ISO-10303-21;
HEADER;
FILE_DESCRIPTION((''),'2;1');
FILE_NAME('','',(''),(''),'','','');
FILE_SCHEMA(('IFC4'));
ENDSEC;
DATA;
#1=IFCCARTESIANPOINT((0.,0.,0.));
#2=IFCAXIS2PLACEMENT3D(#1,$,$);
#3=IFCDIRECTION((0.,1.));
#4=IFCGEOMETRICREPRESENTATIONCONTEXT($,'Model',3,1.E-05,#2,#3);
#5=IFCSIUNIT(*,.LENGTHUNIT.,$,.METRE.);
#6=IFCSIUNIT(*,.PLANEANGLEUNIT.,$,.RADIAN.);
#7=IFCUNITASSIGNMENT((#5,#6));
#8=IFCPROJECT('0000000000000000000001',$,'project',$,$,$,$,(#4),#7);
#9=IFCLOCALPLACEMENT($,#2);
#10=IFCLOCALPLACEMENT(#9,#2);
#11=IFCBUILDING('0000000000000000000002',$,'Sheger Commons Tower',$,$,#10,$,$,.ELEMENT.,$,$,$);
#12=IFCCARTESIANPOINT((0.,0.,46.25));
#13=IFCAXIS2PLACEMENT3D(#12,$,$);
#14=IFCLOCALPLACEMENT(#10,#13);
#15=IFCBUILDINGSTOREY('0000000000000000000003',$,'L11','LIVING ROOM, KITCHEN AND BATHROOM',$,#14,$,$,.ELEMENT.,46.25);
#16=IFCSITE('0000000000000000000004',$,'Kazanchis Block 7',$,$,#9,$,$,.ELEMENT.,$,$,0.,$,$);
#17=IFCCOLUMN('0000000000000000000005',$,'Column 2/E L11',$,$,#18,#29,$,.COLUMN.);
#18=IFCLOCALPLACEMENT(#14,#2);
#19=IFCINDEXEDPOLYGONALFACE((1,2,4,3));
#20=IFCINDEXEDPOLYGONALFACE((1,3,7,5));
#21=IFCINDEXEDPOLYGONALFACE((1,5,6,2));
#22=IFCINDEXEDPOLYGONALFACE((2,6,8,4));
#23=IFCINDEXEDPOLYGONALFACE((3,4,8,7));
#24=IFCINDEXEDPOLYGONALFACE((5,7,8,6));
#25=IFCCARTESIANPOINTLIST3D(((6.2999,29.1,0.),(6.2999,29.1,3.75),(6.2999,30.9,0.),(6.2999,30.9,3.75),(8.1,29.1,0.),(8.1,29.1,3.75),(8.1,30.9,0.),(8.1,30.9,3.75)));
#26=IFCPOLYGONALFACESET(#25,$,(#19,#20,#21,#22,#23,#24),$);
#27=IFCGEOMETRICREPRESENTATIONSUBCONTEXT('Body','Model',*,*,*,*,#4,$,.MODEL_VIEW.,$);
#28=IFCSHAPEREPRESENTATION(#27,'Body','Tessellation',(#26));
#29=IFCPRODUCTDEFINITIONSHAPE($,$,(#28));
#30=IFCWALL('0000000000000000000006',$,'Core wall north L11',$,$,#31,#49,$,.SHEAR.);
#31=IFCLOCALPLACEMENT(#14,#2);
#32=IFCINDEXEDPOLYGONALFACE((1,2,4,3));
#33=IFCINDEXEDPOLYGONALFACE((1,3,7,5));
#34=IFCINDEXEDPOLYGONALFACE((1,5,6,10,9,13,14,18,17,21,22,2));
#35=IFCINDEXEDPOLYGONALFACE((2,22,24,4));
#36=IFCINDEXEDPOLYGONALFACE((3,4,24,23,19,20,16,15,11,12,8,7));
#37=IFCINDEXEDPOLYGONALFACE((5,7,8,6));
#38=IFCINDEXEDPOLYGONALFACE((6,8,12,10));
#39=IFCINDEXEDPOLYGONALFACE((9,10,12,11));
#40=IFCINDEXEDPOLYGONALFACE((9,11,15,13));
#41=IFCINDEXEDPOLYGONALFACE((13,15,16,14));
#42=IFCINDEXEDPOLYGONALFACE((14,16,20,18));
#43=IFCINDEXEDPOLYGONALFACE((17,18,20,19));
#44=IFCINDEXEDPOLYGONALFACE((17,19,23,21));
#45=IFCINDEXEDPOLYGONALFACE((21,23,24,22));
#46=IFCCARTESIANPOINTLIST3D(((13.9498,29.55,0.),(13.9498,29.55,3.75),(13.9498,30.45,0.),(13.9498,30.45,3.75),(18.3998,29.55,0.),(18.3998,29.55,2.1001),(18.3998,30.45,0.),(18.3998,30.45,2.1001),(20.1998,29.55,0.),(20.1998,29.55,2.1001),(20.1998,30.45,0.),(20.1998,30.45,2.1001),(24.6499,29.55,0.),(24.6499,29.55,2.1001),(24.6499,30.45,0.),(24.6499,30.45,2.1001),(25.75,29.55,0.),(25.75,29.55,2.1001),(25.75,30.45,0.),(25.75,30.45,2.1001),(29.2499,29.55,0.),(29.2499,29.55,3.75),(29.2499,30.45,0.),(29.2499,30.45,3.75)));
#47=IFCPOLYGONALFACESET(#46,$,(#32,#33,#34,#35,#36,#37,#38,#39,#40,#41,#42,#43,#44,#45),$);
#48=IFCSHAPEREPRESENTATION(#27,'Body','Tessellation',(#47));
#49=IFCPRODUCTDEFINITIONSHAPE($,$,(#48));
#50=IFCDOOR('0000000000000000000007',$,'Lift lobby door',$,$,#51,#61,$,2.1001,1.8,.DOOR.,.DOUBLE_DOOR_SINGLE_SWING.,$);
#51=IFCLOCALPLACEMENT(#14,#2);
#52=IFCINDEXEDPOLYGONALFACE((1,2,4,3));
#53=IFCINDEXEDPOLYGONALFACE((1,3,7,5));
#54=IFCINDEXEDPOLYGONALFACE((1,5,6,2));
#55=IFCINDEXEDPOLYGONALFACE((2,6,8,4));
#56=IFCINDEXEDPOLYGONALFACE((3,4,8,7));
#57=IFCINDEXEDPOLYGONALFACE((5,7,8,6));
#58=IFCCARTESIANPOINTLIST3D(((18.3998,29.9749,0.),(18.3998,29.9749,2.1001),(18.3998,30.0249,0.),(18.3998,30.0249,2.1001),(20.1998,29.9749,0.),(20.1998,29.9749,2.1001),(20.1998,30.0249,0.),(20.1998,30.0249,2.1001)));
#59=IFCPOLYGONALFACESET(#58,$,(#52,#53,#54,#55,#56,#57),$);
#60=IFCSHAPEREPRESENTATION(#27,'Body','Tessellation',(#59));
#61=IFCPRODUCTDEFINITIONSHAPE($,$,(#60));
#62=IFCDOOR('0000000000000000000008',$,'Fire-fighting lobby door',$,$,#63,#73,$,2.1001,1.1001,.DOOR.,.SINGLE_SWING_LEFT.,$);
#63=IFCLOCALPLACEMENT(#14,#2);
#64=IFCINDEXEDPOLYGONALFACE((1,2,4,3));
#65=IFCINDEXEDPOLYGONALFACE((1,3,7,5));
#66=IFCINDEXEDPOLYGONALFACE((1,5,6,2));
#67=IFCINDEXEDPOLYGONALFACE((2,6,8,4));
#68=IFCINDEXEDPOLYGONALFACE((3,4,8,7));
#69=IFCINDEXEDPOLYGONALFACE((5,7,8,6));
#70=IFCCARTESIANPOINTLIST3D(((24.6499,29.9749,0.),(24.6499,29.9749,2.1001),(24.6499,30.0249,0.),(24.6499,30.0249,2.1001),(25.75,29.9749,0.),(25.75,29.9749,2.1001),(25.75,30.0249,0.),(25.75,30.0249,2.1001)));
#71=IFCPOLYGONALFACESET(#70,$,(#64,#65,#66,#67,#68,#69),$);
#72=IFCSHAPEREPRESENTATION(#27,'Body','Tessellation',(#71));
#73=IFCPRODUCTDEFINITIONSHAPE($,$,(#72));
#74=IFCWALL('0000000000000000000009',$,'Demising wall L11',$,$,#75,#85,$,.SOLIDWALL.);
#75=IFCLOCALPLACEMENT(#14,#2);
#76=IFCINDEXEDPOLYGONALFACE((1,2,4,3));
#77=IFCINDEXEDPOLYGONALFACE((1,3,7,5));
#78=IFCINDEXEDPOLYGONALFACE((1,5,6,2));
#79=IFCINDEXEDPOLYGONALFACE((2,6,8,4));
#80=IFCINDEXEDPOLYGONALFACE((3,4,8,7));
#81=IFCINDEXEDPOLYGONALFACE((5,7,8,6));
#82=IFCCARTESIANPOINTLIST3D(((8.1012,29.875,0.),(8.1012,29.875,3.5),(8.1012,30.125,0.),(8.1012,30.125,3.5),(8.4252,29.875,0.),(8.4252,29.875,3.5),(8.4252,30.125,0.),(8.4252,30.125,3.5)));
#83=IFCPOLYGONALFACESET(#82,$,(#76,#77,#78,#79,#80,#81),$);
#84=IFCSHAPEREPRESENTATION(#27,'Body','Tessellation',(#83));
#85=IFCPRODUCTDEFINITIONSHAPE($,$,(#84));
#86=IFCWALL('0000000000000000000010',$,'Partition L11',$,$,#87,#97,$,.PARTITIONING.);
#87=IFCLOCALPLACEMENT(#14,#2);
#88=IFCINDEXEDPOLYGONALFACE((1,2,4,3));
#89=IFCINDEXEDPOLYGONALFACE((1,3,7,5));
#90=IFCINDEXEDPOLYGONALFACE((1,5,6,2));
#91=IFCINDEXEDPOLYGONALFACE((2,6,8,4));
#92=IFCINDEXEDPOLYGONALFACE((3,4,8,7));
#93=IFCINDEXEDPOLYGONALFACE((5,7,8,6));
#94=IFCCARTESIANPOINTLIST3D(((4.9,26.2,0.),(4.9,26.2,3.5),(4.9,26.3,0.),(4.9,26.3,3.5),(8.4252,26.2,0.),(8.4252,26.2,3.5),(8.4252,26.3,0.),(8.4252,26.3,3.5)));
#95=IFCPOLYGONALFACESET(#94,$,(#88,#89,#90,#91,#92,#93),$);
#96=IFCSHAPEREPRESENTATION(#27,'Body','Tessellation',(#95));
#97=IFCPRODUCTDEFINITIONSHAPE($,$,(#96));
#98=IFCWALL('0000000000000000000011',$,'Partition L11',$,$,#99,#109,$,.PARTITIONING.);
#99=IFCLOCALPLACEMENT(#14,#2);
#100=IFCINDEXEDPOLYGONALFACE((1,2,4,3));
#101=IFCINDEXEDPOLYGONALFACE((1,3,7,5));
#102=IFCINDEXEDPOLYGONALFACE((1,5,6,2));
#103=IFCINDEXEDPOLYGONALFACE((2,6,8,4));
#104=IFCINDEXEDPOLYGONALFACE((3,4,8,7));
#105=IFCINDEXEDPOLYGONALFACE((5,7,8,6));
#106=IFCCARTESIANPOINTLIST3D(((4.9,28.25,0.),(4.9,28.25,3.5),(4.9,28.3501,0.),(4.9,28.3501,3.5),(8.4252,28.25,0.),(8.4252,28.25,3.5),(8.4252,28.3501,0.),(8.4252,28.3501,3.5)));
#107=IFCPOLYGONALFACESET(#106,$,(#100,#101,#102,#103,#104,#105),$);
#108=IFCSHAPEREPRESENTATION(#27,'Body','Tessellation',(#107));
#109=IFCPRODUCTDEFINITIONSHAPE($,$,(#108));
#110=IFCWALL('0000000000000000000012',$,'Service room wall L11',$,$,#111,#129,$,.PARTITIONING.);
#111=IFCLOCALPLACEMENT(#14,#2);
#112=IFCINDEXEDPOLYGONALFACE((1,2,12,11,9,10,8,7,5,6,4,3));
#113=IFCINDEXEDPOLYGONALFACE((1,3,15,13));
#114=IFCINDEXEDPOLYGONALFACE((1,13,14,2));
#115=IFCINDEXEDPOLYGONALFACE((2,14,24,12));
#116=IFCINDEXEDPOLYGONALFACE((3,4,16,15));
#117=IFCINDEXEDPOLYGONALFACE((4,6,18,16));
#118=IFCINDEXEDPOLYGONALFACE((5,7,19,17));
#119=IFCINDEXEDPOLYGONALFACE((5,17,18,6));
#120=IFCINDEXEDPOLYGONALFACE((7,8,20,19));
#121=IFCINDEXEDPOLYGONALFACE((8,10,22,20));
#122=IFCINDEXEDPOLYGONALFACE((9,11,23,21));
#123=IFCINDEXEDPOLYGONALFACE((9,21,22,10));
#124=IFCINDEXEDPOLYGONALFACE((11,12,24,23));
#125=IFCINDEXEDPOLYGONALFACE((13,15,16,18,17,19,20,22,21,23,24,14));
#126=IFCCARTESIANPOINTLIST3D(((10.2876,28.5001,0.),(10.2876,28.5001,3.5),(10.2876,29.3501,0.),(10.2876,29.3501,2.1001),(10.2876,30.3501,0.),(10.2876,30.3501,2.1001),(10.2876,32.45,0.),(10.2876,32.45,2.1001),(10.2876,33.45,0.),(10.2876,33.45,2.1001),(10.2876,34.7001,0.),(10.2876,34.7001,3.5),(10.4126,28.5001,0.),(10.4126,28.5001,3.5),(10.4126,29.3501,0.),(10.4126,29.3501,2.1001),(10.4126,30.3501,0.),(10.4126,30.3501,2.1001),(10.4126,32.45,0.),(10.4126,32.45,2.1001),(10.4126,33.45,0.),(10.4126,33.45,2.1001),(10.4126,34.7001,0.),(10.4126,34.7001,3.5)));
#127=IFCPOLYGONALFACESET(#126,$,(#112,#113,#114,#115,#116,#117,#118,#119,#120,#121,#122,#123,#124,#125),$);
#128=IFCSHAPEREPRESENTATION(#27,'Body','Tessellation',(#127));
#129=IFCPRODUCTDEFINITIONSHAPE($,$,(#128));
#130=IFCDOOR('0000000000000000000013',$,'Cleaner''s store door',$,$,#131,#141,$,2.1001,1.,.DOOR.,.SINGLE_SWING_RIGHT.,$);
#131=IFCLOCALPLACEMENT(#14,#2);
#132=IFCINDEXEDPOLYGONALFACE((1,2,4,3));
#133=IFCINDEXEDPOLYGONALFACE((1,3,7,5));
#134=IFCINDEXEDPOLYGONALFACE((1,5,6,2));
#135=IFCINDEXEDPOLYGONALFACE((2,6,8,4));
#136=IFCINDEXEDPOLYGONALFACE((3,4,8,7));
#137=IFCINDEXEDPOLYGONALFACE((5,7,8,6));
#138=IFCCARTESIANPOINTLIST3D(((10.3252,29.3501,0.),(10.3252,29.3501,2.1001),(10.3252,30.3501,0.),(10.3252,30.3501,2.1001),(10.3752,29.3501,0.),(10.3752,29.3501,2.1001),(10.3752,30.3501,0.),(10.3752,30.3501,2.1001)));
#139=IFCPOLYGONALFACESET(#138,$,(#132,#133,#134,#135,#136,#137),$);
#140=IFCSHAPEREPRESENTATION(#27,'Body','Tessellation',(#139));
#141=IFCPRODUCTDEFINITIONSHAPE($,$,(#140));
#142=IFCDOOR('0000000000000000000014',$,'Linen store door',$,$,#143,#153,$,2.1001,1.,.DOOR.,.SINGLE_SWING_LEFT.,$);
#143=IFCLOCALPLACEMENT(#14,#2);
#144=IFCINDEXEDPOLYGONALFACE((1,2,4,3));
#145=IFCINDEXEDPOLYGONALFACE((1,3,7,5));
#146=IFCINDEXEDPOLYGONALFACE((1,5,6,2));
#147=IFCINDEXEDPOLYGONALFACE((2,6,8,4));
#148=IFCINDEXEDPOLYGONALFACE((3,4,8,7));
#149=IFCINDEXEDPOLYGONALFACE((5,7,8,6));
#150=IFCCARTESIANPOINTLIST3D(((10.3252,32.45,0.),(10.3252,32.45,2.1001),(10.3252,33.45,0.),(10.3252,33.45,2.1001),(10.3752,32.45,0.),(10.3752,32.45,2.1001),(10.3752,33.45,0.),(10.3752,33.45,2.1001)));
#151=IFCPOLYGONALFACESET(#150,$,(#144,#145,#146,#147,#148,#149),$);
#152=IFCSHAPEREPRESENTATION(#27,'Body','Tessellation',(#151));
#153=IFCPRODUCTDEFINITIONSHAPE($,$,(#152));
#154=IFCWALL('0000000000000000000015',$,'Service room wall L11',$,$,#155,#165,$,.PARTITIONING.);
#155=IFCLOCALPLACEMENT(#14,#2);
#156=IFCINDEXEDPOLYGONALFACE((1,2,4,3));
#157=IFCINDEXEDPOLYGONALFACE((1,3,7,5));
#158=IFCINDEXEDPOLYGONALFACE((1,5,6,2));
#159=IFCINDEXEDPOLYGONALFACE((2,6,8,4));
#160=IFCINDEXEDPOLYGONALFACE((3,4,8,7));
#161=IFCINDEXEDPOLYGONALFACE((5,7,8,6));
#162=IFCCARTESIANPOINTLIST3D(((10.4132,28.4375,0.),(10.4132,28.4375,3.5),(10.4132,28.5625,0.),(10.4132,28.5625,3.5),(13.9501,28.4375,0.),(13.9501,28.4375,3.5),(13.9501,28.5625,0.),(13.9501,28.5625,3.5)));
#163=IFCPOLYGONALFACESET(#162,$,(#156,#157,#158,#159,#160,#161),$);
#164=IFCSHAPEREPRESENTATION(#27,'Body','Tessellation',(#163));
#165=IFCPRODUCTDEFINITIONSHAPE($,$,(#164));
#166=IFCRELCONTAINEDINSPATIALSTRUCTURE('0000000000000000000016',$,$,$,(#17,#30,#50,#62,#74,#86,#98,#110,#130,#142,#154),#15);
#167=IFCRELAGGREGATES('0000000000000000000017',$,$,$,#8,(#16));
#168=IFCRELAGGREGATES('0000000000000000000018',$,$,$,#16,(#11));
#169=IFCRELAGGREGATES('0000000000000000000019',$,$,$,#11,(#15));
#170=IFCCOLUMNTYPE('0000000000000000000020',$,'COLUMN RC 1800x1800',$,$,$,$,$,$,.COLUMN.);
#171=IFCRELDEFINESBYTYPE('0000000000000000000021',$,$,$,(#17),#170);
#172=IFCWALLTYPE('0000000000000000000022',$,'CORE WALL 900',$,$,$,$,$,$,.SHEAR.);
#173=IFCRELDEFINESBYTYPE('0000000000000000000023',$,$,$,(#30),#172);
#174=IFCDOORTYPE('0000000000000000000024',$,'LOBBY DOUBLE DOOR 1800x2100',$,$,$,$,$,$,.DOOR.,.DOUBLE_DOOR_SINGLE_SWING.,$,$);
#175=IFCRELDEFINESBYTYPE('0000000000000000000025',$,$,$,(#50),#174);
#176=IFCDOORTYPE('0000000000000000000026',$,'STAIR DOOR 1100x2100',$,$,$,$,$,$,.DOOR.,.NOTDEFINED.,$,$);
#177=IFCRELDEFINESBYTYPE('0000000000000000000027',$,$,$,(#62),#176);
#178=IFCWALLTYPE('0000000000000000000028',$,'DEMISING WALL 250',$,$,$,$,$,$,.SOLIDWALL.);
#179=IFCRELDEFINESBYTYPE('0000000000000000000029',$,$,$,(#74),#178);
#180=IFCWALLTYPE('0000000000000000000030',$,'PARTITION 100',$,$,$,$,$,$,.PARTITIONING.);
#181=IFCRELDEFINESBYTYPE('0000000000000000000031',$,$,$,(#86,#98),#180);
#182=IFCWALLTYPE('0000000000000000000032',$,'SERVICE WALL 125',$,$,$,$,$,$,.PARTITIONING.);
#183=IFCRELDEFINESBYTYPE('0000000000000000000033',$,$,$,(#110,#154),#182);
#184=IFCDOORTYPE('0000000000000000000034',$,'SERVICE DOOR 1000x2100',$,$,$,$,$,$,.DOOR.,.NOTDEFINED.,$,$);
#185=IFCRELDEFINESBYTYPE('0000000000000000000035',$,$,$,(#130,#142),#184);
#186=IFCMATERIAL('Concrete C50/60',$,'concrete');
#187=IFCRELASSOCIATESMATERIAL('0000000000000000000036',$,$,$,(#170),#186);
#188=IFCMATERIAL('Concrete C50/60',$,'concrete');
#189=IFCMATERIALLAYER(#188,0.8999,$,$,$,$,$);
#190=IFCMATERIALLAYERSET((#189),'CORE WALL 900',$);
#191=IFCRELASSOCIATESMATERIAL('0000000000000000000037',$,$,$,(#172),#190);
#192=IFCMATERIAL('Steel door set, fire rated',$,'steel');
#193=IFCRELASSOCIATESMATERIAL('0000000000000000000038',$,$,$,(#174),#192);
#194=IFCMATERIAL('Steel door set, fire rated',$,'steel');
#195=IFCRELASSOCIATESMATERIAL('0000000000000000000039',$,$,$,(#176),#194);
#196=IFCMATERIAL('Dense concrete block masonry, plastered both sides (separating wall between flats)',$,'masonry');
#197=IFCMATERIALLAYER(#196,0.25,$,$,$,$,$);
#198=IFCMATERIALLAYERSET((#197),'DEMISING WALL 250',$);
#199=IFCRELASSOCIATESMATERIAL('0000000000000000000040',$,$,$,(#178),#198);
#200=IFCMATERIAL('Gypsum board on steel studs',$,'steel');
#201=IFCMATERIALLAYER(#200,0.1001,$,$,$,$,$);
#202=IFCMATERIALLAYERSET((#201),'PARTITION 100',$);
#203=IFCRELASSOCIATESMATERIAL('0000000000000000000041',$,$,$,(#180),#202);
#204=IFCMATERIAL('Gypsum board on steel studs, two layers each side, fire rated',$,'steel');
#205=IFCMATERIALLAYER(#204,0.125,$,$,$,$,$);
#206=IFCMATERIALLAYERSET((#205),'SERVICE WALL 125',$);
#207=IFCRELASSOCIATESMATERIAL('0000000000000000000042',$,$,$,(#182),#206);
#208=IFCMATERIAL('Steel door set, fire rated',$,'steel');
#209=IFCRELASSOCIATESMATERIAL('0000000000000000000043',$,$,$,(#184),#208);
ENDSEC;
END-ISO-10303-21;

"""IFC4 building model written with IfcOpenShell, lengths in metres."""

from ifc_helpers import new_model, si_unit, direction, frame, frame_2d, origin, origin_2d, place, context, subcontext, project, spatial, rectangle, extrude, material, layer, layer_set, material_profile, profile_set, type_object, element, fill, save


model = new_model("IFC4")

# Units and contexts
model_context = context("Model", 3, precision=1e-05, world=origin(), true_north=direction((0.0, 1.0)))
body_context = subcontext(model_context, "Body", "Model", "MODEL_VIEW")
ifc_project = project(units=[si_unit("LENGTHUNIT", "METRE"), si_unit("PLANEANGLEUNIT", "RADIAN")], contexts=[model_context])

# Site, building, storey
site_placement = place(None, origin())
site = spatial("IfcSite", under=ifc_project, at=site_placement, Name="Kazanchis Block 7", CompositionType="ELEMENT", RefElevation=0.0)
building_placement = place(site_placement, origin())
building = spatial("IfcBuilding", under=site, at=building_placement, Name="Sheger Commons Tower", CompositionType="ELEMENT")
storey_placement = place(building_placement, frame((0.0, 0.0, 46.25)))
storey = spatial("IfcBuildingStorey", under=building, at=storey_placement, Name="L11", Description="LIVING ROOM, KITCHEN AND BATHROOM", CompositionType="ELEMENT", Elevation=46.25)

# Column
ifc_material_1 = material(Name="Concrete C50/60", Category="concrete")
ifc_material_profile = material_profile(ifc_material_1, rectangle(XDim=1.8, YDim=1.8, at=origin_2d()), Name="RC 1800x1800")
ifc_profile_set = profile_set([ifc_material_profile], Name="Concrete C50/60")
column_type = type_object("IfcColumnType", Name="COLUMN RC 1800x1800", PredefinedType="COLUMN", material=ifc_profile_set)
column_placement = place(storey_placement, frame((7.2, 30.0, 0.0), z_axis=(0.0, 0.0, 1.0), x_axis=(1.0, 0.0, 0.0)))
element("IfcColumn", 1, at=column_placement, inside=storey, type_object=column_type, Name="Column 2/E L11", PredefinedType="COLUMN", context=body_context, shape_type="SweptSolid", body=[
    extrude(rectangle(XDim=1.8, YDim=1.8, at=origin_2d()), origin(), (0.0, 0.0, 1.0), 3.75),
])

# Wall, openings, doors
ifc_material_2 = material(Name="Concrete C50/60", Category="concrete")
ifc_layer_1 = layer(ifc_material_2, 0.8999)
ifc_layer_set_1 = layer_set([ifc_layer_1], Name="CORE WALL 900")
wall_type_1 = type_object("IfcWallType", Name="CORE WALL 900", PredefinedType="SHEAR", material=ifc_layer_set_1)
wall_1_placement = place(storey_placement, frame((13.95, 30.0, 0.0), z_axis=(0.0, 0.0, 1.0), x_axis=(1.0, 0.0, 0.0)))
wall_1 = element("IfcWall", 2, at=wall_1_placement, inside=storey, type_object=wall_type_1, Name="Core wall north L11", PredefinedType="SHEAR", context=body_context, shape_type="SweptSolid", body=[
    extrude(rectangle(XDim=15.3, YDim=0.8999, at=frame_2d((7.6499, 0.0))), origin(), (0.0, 0.0, 1.0), 3.75),
])
opening_1_placement = place(wall_1_placement, frame((4.45, 0.0, 0.0)))
opening_1 = element("IfcOpeningElement", 3, at=opening_1_placement, cuts=wall_1, PredefinedType="OPENING", context=body_context, shape_type="SweptSolid", body=[
    extrude(rectangle(XDim=1.8, YDim=2.1001, at=frame_2d((0.8999, 1.05))), frame((0.0, 0.46, 0.0), z_axis=(0.0, -1.0, 0.0), x_axis=(1.0, 0.0, 0.0)), (0.0, 0.0, 1.0), 0.9199),
])
opening_2_placement = place(wall_1_placement, frame((10.7, 0.0, 0.0)))
opening_2 = element("IfcOpeningElement", 4, at=opening_2_placement, cuts=wall_1, PredefinedType="OPENING", context=body_context, shape_type="SweptSolid", body=[
    extrude(rectangle(XDim=1.1001, YDim=2.1001, at=frame_2d((0.55, 1.05))), frame((0.0, 0.46, 0.0), z_axis=(0.0, -1.0, 0.0), x_axis=(1.0, 0.0, 0.0)), (0.0, 0.0, 1.0), 0.9199),
])
ifc_material_3 = material(Name="Steel door set, fire rated", Category="steel")
door_type_1 = type_object("IfcDoorType", Name="LOBBY DOUBLE DOOR 1800x2100", OperationType="DOUBLE_DOOR_SINGLE_SWING", PredefinedType="DOOR", material=ifc_material_3)
door_1_placement = place(opening_1_placement, origin())
door_1 = element("IfcDoor", 5, at=door_1_placement, inside=storey, type_object=door_type_1, Name="Lift lobby door", OperationType="DOUBLE_DOOR_SINGLE_SWING", OverallHeight=2.1001, OverallWidth=1.8, PredefinedType="DOOR", context=body_context, shape_type="SweptSolid", body=[
    extrude(rectangle(XDim=1.8, YDim=2.1001, at=frame_2d((0.8999, 1.05))), frame((0.0, 0.0249, 0.0), z_axis=(0.0, -1.0, 0.0), x_axis=(1.0, 0.0, 0.0)), (0.0, 0.0, 1.0), 0.05),
])
fill(opening_1, door_1)
ifc_material_4 = material(Name="Steel door set, fire rated", Category="steel")
door_type_2 = type_object("IfcDoorType", Name="STAIR DOOR 1100x2100", OperationType="NOTDEFINED", PredefinedType="DOOR", material=ifc_material_4)
door_2_placement = place(opening_2_placement, origin())
door_2 = element("IfcDoor", 6, at=door_2_placement, inside=storey, type_object=door_type_2, Name="Fire-fighting lobby door", OperationType="SINGLE_SWING_LEFT", OverallHeight=2.1001, OverallWidth=1.1001, PredefinedType="DOOR", context=body_context, shape_type="SweptSolid", body=[
    extrude(rectangle(XDim=1.1001, YDim=2.1001, at=frame_2d((0.55, 1.05))), frame((0.0, 0.0249, 0.0), z_axis=(0.0, -1.0, 0.0), x_axis=(1.0, 0.0, 0.0)), (0.0, 0.0, 1.0), 0.05),
])
fill(opening_2, door_2)

# Walls
ifc_material_5 = material(Name="Dense concrete block masonry, plastered both sides (separating wall between flats)", Category="masonry")
ifc_layer_2 = layer(ifc_material_5, 0.25)
ifc_layer_set_2 = layer_set([ifc_layer_2], Name="DEMISING WALL 250")
wall_type_2 = type_object("IfcWallType", Name="DEMISING WALL 250", PredefinedType="SOLIDWALL", material=ifc_layer_set_2)
wall_2_placement = place(storey_placement, frame((8.1011, 30.0, 0.0), z_axis=(0.0, 0.0, 1.0), x_axis=(1.0, 0.0, 0.0)))
element("IfcWall", 7, at=wall_2_placement, inside=storey, type_object=wall_type_2, Name="Demising wall L11", PredefinedType="SOLIDWALL", context=body_context, shape_type="SweptSolid", body=[
    extrude(rectangle(XDim=0.324, YDim=0.25, at=frame_2d((0.1621, 0.0))), origin(), (0.0, 0.0, 1.0), 3.5),
])
ifc_material_6 = material(Name="Gypsum board on steel studs", Category="steel")
ifc_layer_3 = layer(ifc_material_6, 0.1001)
ifc_layer_set_3 = layer_set([ifc_layer_3], Name="PARTITION 100")
wall_type_3 = type_object("IfcWallType", Name="PARTITION 100", PredefinedType="PARTITIONING", material=ifc_layer_set_3)
for number, where, z_axis, x_axis, name in (
    (8, (4.8999, 26.25, 0.0), (0.0, 0.0, 1.0), (1.0, 0.0, 0.0), "Partition L11"),
    (9, (4.8999, 28.3, 0.0), (0.0, 0.0, 1.0), (1.0, 0.0, 0.0), "Partition L11"),
):
    element("IfcWall", number, at=place(storey_placement, frame(where, z_axis=z_axis, x_axis=x_axis)), inside=storey, type_object=wall_type_3, Name=name, PredefinedType="PARTITIONING", context=body_context, shape_type="SweptSolid", body=[
        extrude(rectangle(XDim=3.5251, YDim=0.1001, at=frame_2d((1.7627, 0.0))), origin(), (0.0, 0.0, 1.0), 3.5),
    ])

# Wall, openings, doors
ifc_material_7 = material(Name="Gypsum board on steel studs, two layers each side, fire rated", Category="steel")
ifc_layer_4 = layer(ifc_material_7, 0.125)
ifc_layer_set_4 = layer_set([ifc_layer_4], Name="SERVICE WALL 125")
wall_type_4 = type_object("IfcWallType", Name="SERVICE WALL 125", PredefinedType="PARTITIONING", material=ifc_layer_set_4)
wall_3_placement = place(storey_placement, frame((10.3501, 28.5, 0.0), z_axis=(0.0, 0.0, 1.0), x_axis=(0.0, 1.0, 0.0)))
wall_3 = element("IfcWall", 10, at=wall_3_placement, inside=storey, type_object=wall_type_4, Name="Service room wall L11", PredefinedType="PARTITIONING", context=body_context, shape_type="SweptSolid", body=[
    extrude(rectangle(XDim=6.2, YDim=0.125, at=frame_2d((3.1001, 0.0))), origin(), (0.0, 0.0, 1.0), 3.5),
])
opening_3_placement = place(wall_3_placement, frame((0.8501, 0.0, 0.0)))
opening_3 = element("IfcOpeningElement", 11, at=opening_3_placement, cuts=wall_3, PredefinedType="OPENING", context=body_context, shape_type="SweptSolid", body=[
    extrude(rectangle(XDim=1.0, YDim=2.1001, at=frame_2d((0.5, 1.05))), frame((0.0, 0.0725, 0.0), z_axis=(0.0, -1.0, 0.0), x_axis=(1.0, 0.0, 0.0)), (0.0, 0.0, 1.0), 0.145),
])
opening_4_placement = place(wall_3_placement, frame((3.95, 0.0, 0.0)))
opening_4 = element("IfcOpeningElement", 12, at=opening_4_placement, cuts=wall_3, PredefinedType="OPENING", context=body_context, shape_type="SweptSolid", body=[
    extrude(rectangle(XDim=1.0, YDim=2.1001, at=frame_2d((0.5, 1.05))), frame((0.0, 0.0725, 0.0), z_axis=(0.0, -1.0, 0.0), x_axis=(1.0, 0.0, 0.0)), (0.0, 0.0, 1.0), 0.145),
])
ifc_material_8 = material(Name="Steel door set, fire rated", Category="steel")
door_type_3 = type_object("IfcDoorType", Name="SERVICE DOOR 1000x2100", OperationType="NOTDEFINED", PredefinedType="DOOR", material=ifc_material_8)
door_3_placement = place(opening_3_placement, origin())
door_3 = element("IfcDoor", 13, at=door_3_placement, inside=storey, type_object=door_type_3, Name="Cleaner's store door", OperationType="SINGLE_SWING_RIGHT", OverallHeight=2.1001, OverallWidth=1.0, PredefinedType="DOOR", context=body_context, shape_type="SweptSolid", body=[
    extrude(rectangle(XDim=1.0, YDim=2.1001, at=frame_2d((0.5, 1.05))), frame((0.0, 0.0249, 0.0), z_axis=(0.0, -1.0, 0.0), x_axis=(1.0, 0.0, 0.0)), (0.0, 0.0, 1.0), 0.05),
])
fill(opening_3, door_3)
door_4_placement = place(opening_4_placement, origin())
door_4 = element("IfcDoor", 14, at=door_4_placement, inside=storey, type_object=door_type_3, Name="Linen store door", OperationType="SINGLE_SWING_LEFT", OverallHeight=2.1001, OverallWidth=1.0, PredefinedType="DOOR", context=body_context, shape_type="SweptSolid", body=[
    extrude(rectangle(XDim=1.0, YDim=2.1001, at=frame_2d((0.5, 1.05))), frame((0.0, 0.0249, 0.0), z_axis=(0.0, -1.0, 0.0), x_axis=(1.0, 0.0, 0.0)), (0.0, 0.0, 1.0), 0.05),
])
fill(opening_4, door_4)

# Wall
wall_4_placement = place(storey_placement, frame((10.4131, 28.5, 0.0), z_axis=(0.0, 0.0, 1.0), x_axis=(1.0, 0.0, 0.0)))
element("IfcWall", 15, at=wall_4_placement, inside=storey, type_object=wall_type_4, Name="Service room wall L11", PredefinedType="PARTITIONING", context=body_context, shape_type="SweptSolid", body=[
    extrude(rectangle(XDim=3.5369, YDim=0.125, at=frame_2d((1.7686, 0.0))), origin(), (0.0, 0.0, 1.0), 3.5),
])

save(model, "model.ifc")
